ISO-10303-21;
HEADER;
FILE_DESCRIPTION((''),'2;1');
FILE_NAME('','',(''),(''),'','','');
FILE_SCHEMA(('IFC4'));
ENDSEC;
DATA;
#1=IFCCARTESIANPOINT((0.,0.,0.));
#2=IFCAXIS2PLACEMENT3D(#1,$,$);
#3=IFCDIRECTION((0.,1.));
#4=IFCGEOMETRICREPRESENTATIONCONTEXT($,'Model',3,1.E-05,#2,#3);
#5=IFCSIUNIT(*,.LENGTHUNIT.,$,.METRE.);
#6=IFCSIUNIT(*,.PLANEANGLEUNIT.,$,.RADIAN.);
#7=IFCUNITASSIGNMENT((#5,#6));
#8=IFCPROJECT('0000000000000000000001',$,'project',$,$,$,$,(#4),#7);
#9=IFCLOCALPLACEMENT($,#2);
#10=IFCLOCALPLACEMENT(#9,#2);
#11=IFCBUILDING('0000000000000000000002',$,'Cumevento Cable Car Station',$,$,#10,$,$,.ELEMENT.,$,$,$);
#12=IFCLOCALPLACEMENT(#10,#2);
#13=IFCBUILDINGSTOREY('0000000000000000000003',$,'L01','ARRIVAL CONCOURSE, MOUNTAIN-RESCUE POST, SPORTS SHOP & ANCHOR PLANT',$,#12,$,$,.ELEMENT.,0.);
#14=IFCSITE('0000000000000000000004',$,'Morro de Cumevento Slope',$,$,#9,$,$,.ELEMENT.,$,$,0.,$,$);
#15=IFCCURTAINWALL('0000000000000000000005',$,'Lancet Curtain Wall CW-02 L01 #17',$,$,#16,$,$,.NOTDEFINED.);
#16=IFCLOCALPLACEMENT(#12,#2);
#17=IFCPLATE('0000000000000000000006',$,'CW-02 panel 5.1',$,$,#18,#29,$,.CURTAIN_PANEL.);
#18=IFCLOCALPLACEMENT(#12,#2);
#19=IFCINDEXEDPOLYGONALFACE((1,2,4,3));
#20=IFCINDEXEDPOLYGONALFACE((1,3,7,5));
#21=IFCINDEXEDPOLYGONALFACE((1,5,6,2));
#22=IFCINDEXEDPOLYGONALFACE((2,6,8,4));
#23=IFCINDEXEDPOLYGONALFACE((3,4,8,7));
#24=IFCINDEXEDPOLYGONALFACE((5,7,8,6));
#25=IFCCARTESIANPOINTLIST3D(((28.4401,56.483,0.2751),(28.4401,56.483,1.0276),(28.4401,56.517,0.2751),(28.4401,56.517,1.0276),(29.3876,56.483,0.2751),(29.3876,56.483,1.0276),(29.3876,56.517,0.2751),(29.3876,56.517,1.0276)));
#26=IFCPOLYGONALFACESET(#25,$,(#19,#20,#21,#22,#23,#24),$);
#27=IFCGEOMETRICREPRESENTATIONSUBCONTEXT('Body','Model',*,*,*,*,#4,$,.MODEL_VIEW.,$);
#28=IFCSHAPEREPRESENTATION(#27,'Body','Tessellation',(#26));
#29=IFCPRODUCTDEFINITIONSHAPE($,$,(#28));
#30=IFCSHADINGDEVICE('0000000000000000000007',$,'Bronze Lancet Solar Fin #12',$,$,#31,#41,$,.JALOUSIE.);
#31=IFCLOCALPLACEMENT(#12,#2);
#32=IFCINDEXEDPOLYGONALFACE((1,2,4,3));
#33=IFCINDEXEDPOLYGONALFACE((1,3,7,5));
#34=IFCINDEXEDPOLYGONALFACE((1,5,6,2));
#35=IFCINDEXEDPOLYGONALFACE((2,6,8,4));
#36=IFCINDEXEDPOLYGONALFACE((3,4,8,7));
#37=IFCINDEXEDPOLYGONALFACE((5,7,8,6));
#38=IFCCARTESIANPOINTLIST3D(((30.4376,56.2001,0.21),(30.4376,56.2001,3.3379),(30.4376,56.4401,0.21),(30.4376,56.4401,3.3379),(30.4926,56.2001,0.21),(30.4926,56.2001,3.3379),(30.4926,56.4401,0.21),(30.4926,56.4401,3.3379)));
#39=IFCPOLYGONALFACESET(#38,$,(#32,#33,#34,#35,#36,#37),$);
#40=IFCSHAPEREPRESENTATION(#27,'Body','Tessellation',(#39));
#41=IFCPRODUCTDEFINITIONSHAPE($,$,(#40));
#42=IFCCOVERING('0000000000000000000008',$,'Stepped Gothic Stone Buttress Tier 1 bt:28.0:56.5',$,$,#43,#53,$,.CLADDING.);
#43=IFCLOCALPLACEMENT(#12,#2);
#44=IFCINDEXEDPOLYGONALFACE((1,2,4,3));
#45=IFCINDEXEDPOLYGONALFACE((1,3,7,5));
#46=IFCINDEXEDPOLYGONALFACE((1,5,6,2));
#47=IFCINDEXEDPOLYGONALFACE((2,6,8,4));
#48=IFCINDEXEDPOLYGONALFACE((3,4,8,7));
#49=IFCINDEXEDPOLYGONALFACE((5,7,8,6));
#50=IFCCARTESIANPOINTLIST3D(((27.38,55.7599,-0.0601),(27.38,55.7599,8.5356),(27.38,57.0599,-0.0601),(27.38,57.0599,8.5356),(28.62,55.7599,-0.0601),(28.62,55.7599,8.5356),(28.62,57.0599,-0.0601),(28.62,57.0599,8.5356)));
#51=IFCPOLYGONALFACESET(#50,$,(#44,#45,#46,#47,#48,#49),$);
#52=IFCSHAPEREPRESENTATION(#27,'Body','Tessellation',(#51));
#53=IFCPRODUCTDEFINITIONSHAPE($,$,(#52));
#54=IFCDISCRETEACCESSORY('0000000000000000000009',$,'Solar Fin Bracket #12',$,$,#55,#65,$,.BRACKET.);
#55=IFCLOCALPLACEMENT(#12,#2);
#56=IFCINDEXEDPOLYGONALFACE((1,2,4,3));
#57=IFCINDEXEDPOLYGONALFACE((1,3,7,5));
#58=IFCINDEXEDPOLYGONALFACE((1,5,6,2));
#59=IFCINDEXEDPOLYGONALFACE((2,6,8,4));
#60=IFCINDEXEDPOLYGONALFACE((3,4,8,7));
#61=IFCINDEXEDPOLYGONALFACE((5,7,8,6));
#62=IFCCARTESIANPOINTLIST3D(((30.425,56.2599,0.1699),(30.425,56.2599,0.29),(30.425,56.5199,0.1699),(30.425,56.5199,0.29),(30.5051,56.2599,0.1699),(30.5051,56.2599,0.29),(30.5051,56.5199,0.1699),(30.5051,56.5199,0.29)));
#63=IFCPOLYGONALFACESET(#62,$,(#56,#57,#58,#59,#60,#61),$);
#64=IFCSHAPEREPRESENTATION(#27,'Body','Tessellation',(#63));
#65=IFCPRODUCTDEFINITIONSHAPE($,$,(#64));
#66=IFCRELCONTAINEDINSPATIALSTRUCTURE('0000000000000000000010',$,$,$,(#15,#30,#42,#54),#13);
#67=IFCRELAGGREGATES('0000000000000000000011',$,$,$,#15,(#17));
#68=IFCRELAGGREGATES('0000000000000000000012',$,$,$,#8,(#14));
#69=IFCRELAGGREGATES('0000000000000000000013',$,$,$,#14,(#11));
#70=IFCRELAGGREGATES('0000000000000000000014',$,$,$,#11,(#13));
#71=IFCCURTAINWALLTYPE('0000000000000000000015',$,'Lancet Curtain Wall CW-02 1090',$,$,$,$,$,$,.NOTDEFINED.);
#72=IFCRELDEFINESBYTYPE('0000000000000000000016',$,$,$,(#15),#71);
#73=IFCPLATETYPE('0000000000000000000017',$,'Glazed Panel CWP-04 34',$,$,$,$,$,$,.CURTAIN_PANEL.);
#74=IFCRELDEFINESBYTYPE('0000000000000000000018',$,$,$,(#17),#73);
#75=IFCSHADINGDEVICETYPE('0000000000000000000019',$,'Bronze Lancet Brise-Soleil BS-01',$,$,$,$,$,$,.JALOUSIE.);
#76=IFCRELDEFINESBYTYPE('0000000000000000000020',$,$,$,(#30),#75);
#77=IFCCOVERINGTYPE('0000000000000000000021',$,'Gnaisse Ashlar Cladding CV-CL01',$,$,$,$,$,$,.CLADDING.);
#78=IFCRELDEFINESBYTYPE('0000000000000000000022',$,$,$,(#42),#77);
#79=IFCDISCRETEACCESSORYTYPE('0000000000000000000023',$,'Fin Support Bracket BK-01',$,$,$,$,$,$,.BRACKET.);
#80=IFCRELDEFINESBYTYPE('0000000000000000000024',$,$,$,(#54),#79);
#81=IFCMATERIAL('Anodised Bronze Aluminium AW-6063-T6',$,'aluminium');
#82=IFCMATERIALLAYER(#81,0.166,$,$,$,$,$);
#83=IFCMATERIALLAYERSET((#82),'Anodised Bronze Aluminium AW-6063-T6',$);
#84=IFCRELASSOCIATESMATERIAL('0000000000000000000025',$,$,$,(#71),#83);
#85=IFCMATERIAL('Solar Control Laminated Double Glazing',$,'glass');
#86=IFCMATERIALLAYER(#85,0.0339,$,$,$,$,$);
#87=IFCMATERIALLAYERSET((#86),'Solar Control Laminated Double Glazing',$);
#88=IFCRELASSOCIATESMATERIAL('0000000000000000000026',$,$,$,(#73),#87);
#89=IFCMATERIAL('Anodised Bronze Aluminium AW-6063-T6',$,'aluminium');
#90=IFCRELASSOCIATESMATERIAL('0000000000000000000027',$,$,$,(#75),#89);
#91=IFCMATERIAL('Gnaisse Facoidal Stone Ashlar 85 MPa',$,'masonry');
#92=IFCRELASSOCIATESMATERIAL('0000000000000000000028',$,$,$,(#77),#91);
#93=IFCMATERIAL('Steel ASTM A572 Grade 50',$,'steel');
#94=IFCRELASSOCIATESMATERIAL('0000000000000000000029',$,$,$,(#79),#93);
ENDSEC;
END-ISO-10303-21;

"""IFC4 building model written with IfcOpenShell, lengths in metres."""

from ifc_helpers import new_model, si_unit, direction, frame, origin, origin_2d, place, context, subcontext, project, spatial, rectangle, extrude, material, layer, layer_set, type_object, element, aggregate, save


model = new_model("IFC4")

# Units and contexts
model_context = context("Model", 3, precision=1e-05, world=origin(), true_north=direction((0.0, 1.0)))
body_context = subcontext(model_context, "Body", "Model", "MODEL_VIEW")
ifc_project = project(units=[si_unit("LENGTHUNIT", "METRE"), si_unit("PLANEANGLEUNIT", "RADIAN")], contexts=[model_context])

# Site, building, storey
site_placement = place(None, origin())
site = spatial("IfcSite", under=ifc_project, at=site_placement, Name="Morro de Cumevento Slope", CompositionType="ELEMENT", RefElevation=0.0)
building_placement = place(site_placement, origin())
building = spatial("IfcBuilding", under=site, at=building_placement, Name="Cumevento Cable Car Station", CompositionType="ELEMENT")
storey_placement = place(building_placement, origin())
storey = spatial("IfcBuildingStorey", under=building, at=storey_placement, Name="L01", Description="ARRIVAL CONCOURSE, MOUNTAIN-RESCUE POST, SPORTS SHOP & ANCHOR PLANT", CompositionType="ELEMENT", Elevation=0.0)

# Curtain wall, plate
ifc_material_1 = material(Name="Anodised Bronze Aluminium AW-6063-T6", Category="aluminium")
ifc_layer_1 = layer(ifc_material_1, 0.166)
ifc_layer_set_1 = layer_set([ifc_layer_1], Name="Anodised Bronze Aluminium AW-6063-T6")
curtain_wall_type = type_object("IfcCurtainWallType", Name="Lancet Curtain Wall CW-02 1090", PredefinedType="NOTDEFINED", material=ifc_layer_set_1)
curtain_wall_placement = place(storey_placement, origin())
curtain_wall = element("IfcCurtainWall", 1, at=curtain_wall_placement, inside=storey, type_object=curtain_wall_type, Name="Lancet Curtain Wall CW-02 L01 #17", PredefinedType="NOTDEFINED")
ifc_material_2 = material(Name="Solar Control Laminated Double Glazing", Category="glass")
ifc_layer_2 = layer(ifc_material_2, 0.0339)
ifc_layer_set_2 = layer_set([ifc_layer_2], Name="Solar Control Laminated Double Glazing")
plate_type = type_object("IfcPlateType", Name="Glazed Panel CWP-04 34", PredefinedType="CURTAIN_PANEL", material=ifc_layer_set_2)
plate_1_placement = place(storey_placement, frame((28.9138, 56.5, 0.2751), z_axis=(0.0, 0.0, 1.0), x_axis=(-1.0, 0.0, 0.0)))
plate_1 = element("IfcPlate", 2, at=plate_1_placement, type_object=plate_type, Name="CW-02 panel 5.1", PredefinedType="CURTAIN_PANEL", context=body_context, shape_type="SweptSolid", body=[
    extrude(rectangle(XDim=0.9475, YDim=0.0339, at=origin_2d()), origin(), (0.0, 0.0, 1.0), 0.7524),
])
aggregate(curtain_wall, [plate_1])

# Shading device
ifc_material_3 = material(Name="Anodised Bronze Aluminium AW-6063-T6", Category="aluminium")
shading_device_type = type_object("IfcShadingDeviceType", Name="Bronze Lancet Brise-Soleil BS-01", PredefinedType="JALOUSIE", material=ifc_material_3)
shading_device_placement = place(storey_placement, frame((30.4651, 56.3201, 0.21), z_axis=(0.0, 0.0, 1.0), x_axis=(-1.0, 0.0, 0.0)))
element("IfcShadingDevice", 3, at=shading_device_placement, inside=storey, type_object=shading_device_type, Name="Bronze Lancet Solar Fin #12", PredefinedType="JALOUSIE", context=body_context, shape_type="SweptSolid", body=[
    extrude(rectangle(XDim=0.0549, YDim=0.24, at=origin_2d()), origin(), (0.0, 0.0, 1.0), 3.1279),
])

# Covering
ifc_material_4 = material(Name="Gnaisse Facoidal Stone Ashlar 85 MPa", Category="masonry")
covering_type = type_object("IfcCoveringType", Name="Gnaisse Ashlar Cladding CV-CL01", PredefinedType="CLADDING", material=ifc_material_4)
covering_placement = place(storey_placement, frame((28.0, 56.4099, -0.0601), z_axis=(0.0, 0.0, 1.0), x_axis=(1.0, 0.0, 0.0)))
element("IfcCovering", 4, at=covering_placement, inside=storey, type_object=covering_type, Name="Stepped Gothic Stone Buttress Tier 1 bt:28.0:56.5", PredefinedType="CLADDING", context=body_context, shape_type="SweptSolid", body=[
    extrude(rectangle(XDim=1.24, YDim=1.3, at=origin_2d()), origin(), (0.0, 0.0, 1.0), 8.5957),
])

# Discrete accessory
ifc_material_5 = material(Name="Steel ASTM A572 Grade 50", Category="steel")
discrete_accessory_type = type_object("IfcDiscreteAccessoryType", Name="Fin Support Bracket BK-01", PredefinedType="BRACKET", material=ifc_material_5)
discrete_accessory_placement = place(storey_placement, frame((30.4651, 56.3899, 0.1699), z_axis=(0.0, 0.0, 1.0), x_axis=(-1.0, 0.0, 0.0)))
element("IfcDiscreteAccessory", 5, at=discrete_accessory_placement, inside=storey, type_object=discrete_accessory_type, Name="Solar Fin Bracket #12", PredefinedType="BRACKET", context=body_context, shape_type="SweptSolid", body=[
    extrude(rectangle(XDim=0.0801, YDim=0.26, at=origin_2d()), origin(), (0.0, 0.0, 1.0), 0.1201),
])

save(model, "model.ifc")
